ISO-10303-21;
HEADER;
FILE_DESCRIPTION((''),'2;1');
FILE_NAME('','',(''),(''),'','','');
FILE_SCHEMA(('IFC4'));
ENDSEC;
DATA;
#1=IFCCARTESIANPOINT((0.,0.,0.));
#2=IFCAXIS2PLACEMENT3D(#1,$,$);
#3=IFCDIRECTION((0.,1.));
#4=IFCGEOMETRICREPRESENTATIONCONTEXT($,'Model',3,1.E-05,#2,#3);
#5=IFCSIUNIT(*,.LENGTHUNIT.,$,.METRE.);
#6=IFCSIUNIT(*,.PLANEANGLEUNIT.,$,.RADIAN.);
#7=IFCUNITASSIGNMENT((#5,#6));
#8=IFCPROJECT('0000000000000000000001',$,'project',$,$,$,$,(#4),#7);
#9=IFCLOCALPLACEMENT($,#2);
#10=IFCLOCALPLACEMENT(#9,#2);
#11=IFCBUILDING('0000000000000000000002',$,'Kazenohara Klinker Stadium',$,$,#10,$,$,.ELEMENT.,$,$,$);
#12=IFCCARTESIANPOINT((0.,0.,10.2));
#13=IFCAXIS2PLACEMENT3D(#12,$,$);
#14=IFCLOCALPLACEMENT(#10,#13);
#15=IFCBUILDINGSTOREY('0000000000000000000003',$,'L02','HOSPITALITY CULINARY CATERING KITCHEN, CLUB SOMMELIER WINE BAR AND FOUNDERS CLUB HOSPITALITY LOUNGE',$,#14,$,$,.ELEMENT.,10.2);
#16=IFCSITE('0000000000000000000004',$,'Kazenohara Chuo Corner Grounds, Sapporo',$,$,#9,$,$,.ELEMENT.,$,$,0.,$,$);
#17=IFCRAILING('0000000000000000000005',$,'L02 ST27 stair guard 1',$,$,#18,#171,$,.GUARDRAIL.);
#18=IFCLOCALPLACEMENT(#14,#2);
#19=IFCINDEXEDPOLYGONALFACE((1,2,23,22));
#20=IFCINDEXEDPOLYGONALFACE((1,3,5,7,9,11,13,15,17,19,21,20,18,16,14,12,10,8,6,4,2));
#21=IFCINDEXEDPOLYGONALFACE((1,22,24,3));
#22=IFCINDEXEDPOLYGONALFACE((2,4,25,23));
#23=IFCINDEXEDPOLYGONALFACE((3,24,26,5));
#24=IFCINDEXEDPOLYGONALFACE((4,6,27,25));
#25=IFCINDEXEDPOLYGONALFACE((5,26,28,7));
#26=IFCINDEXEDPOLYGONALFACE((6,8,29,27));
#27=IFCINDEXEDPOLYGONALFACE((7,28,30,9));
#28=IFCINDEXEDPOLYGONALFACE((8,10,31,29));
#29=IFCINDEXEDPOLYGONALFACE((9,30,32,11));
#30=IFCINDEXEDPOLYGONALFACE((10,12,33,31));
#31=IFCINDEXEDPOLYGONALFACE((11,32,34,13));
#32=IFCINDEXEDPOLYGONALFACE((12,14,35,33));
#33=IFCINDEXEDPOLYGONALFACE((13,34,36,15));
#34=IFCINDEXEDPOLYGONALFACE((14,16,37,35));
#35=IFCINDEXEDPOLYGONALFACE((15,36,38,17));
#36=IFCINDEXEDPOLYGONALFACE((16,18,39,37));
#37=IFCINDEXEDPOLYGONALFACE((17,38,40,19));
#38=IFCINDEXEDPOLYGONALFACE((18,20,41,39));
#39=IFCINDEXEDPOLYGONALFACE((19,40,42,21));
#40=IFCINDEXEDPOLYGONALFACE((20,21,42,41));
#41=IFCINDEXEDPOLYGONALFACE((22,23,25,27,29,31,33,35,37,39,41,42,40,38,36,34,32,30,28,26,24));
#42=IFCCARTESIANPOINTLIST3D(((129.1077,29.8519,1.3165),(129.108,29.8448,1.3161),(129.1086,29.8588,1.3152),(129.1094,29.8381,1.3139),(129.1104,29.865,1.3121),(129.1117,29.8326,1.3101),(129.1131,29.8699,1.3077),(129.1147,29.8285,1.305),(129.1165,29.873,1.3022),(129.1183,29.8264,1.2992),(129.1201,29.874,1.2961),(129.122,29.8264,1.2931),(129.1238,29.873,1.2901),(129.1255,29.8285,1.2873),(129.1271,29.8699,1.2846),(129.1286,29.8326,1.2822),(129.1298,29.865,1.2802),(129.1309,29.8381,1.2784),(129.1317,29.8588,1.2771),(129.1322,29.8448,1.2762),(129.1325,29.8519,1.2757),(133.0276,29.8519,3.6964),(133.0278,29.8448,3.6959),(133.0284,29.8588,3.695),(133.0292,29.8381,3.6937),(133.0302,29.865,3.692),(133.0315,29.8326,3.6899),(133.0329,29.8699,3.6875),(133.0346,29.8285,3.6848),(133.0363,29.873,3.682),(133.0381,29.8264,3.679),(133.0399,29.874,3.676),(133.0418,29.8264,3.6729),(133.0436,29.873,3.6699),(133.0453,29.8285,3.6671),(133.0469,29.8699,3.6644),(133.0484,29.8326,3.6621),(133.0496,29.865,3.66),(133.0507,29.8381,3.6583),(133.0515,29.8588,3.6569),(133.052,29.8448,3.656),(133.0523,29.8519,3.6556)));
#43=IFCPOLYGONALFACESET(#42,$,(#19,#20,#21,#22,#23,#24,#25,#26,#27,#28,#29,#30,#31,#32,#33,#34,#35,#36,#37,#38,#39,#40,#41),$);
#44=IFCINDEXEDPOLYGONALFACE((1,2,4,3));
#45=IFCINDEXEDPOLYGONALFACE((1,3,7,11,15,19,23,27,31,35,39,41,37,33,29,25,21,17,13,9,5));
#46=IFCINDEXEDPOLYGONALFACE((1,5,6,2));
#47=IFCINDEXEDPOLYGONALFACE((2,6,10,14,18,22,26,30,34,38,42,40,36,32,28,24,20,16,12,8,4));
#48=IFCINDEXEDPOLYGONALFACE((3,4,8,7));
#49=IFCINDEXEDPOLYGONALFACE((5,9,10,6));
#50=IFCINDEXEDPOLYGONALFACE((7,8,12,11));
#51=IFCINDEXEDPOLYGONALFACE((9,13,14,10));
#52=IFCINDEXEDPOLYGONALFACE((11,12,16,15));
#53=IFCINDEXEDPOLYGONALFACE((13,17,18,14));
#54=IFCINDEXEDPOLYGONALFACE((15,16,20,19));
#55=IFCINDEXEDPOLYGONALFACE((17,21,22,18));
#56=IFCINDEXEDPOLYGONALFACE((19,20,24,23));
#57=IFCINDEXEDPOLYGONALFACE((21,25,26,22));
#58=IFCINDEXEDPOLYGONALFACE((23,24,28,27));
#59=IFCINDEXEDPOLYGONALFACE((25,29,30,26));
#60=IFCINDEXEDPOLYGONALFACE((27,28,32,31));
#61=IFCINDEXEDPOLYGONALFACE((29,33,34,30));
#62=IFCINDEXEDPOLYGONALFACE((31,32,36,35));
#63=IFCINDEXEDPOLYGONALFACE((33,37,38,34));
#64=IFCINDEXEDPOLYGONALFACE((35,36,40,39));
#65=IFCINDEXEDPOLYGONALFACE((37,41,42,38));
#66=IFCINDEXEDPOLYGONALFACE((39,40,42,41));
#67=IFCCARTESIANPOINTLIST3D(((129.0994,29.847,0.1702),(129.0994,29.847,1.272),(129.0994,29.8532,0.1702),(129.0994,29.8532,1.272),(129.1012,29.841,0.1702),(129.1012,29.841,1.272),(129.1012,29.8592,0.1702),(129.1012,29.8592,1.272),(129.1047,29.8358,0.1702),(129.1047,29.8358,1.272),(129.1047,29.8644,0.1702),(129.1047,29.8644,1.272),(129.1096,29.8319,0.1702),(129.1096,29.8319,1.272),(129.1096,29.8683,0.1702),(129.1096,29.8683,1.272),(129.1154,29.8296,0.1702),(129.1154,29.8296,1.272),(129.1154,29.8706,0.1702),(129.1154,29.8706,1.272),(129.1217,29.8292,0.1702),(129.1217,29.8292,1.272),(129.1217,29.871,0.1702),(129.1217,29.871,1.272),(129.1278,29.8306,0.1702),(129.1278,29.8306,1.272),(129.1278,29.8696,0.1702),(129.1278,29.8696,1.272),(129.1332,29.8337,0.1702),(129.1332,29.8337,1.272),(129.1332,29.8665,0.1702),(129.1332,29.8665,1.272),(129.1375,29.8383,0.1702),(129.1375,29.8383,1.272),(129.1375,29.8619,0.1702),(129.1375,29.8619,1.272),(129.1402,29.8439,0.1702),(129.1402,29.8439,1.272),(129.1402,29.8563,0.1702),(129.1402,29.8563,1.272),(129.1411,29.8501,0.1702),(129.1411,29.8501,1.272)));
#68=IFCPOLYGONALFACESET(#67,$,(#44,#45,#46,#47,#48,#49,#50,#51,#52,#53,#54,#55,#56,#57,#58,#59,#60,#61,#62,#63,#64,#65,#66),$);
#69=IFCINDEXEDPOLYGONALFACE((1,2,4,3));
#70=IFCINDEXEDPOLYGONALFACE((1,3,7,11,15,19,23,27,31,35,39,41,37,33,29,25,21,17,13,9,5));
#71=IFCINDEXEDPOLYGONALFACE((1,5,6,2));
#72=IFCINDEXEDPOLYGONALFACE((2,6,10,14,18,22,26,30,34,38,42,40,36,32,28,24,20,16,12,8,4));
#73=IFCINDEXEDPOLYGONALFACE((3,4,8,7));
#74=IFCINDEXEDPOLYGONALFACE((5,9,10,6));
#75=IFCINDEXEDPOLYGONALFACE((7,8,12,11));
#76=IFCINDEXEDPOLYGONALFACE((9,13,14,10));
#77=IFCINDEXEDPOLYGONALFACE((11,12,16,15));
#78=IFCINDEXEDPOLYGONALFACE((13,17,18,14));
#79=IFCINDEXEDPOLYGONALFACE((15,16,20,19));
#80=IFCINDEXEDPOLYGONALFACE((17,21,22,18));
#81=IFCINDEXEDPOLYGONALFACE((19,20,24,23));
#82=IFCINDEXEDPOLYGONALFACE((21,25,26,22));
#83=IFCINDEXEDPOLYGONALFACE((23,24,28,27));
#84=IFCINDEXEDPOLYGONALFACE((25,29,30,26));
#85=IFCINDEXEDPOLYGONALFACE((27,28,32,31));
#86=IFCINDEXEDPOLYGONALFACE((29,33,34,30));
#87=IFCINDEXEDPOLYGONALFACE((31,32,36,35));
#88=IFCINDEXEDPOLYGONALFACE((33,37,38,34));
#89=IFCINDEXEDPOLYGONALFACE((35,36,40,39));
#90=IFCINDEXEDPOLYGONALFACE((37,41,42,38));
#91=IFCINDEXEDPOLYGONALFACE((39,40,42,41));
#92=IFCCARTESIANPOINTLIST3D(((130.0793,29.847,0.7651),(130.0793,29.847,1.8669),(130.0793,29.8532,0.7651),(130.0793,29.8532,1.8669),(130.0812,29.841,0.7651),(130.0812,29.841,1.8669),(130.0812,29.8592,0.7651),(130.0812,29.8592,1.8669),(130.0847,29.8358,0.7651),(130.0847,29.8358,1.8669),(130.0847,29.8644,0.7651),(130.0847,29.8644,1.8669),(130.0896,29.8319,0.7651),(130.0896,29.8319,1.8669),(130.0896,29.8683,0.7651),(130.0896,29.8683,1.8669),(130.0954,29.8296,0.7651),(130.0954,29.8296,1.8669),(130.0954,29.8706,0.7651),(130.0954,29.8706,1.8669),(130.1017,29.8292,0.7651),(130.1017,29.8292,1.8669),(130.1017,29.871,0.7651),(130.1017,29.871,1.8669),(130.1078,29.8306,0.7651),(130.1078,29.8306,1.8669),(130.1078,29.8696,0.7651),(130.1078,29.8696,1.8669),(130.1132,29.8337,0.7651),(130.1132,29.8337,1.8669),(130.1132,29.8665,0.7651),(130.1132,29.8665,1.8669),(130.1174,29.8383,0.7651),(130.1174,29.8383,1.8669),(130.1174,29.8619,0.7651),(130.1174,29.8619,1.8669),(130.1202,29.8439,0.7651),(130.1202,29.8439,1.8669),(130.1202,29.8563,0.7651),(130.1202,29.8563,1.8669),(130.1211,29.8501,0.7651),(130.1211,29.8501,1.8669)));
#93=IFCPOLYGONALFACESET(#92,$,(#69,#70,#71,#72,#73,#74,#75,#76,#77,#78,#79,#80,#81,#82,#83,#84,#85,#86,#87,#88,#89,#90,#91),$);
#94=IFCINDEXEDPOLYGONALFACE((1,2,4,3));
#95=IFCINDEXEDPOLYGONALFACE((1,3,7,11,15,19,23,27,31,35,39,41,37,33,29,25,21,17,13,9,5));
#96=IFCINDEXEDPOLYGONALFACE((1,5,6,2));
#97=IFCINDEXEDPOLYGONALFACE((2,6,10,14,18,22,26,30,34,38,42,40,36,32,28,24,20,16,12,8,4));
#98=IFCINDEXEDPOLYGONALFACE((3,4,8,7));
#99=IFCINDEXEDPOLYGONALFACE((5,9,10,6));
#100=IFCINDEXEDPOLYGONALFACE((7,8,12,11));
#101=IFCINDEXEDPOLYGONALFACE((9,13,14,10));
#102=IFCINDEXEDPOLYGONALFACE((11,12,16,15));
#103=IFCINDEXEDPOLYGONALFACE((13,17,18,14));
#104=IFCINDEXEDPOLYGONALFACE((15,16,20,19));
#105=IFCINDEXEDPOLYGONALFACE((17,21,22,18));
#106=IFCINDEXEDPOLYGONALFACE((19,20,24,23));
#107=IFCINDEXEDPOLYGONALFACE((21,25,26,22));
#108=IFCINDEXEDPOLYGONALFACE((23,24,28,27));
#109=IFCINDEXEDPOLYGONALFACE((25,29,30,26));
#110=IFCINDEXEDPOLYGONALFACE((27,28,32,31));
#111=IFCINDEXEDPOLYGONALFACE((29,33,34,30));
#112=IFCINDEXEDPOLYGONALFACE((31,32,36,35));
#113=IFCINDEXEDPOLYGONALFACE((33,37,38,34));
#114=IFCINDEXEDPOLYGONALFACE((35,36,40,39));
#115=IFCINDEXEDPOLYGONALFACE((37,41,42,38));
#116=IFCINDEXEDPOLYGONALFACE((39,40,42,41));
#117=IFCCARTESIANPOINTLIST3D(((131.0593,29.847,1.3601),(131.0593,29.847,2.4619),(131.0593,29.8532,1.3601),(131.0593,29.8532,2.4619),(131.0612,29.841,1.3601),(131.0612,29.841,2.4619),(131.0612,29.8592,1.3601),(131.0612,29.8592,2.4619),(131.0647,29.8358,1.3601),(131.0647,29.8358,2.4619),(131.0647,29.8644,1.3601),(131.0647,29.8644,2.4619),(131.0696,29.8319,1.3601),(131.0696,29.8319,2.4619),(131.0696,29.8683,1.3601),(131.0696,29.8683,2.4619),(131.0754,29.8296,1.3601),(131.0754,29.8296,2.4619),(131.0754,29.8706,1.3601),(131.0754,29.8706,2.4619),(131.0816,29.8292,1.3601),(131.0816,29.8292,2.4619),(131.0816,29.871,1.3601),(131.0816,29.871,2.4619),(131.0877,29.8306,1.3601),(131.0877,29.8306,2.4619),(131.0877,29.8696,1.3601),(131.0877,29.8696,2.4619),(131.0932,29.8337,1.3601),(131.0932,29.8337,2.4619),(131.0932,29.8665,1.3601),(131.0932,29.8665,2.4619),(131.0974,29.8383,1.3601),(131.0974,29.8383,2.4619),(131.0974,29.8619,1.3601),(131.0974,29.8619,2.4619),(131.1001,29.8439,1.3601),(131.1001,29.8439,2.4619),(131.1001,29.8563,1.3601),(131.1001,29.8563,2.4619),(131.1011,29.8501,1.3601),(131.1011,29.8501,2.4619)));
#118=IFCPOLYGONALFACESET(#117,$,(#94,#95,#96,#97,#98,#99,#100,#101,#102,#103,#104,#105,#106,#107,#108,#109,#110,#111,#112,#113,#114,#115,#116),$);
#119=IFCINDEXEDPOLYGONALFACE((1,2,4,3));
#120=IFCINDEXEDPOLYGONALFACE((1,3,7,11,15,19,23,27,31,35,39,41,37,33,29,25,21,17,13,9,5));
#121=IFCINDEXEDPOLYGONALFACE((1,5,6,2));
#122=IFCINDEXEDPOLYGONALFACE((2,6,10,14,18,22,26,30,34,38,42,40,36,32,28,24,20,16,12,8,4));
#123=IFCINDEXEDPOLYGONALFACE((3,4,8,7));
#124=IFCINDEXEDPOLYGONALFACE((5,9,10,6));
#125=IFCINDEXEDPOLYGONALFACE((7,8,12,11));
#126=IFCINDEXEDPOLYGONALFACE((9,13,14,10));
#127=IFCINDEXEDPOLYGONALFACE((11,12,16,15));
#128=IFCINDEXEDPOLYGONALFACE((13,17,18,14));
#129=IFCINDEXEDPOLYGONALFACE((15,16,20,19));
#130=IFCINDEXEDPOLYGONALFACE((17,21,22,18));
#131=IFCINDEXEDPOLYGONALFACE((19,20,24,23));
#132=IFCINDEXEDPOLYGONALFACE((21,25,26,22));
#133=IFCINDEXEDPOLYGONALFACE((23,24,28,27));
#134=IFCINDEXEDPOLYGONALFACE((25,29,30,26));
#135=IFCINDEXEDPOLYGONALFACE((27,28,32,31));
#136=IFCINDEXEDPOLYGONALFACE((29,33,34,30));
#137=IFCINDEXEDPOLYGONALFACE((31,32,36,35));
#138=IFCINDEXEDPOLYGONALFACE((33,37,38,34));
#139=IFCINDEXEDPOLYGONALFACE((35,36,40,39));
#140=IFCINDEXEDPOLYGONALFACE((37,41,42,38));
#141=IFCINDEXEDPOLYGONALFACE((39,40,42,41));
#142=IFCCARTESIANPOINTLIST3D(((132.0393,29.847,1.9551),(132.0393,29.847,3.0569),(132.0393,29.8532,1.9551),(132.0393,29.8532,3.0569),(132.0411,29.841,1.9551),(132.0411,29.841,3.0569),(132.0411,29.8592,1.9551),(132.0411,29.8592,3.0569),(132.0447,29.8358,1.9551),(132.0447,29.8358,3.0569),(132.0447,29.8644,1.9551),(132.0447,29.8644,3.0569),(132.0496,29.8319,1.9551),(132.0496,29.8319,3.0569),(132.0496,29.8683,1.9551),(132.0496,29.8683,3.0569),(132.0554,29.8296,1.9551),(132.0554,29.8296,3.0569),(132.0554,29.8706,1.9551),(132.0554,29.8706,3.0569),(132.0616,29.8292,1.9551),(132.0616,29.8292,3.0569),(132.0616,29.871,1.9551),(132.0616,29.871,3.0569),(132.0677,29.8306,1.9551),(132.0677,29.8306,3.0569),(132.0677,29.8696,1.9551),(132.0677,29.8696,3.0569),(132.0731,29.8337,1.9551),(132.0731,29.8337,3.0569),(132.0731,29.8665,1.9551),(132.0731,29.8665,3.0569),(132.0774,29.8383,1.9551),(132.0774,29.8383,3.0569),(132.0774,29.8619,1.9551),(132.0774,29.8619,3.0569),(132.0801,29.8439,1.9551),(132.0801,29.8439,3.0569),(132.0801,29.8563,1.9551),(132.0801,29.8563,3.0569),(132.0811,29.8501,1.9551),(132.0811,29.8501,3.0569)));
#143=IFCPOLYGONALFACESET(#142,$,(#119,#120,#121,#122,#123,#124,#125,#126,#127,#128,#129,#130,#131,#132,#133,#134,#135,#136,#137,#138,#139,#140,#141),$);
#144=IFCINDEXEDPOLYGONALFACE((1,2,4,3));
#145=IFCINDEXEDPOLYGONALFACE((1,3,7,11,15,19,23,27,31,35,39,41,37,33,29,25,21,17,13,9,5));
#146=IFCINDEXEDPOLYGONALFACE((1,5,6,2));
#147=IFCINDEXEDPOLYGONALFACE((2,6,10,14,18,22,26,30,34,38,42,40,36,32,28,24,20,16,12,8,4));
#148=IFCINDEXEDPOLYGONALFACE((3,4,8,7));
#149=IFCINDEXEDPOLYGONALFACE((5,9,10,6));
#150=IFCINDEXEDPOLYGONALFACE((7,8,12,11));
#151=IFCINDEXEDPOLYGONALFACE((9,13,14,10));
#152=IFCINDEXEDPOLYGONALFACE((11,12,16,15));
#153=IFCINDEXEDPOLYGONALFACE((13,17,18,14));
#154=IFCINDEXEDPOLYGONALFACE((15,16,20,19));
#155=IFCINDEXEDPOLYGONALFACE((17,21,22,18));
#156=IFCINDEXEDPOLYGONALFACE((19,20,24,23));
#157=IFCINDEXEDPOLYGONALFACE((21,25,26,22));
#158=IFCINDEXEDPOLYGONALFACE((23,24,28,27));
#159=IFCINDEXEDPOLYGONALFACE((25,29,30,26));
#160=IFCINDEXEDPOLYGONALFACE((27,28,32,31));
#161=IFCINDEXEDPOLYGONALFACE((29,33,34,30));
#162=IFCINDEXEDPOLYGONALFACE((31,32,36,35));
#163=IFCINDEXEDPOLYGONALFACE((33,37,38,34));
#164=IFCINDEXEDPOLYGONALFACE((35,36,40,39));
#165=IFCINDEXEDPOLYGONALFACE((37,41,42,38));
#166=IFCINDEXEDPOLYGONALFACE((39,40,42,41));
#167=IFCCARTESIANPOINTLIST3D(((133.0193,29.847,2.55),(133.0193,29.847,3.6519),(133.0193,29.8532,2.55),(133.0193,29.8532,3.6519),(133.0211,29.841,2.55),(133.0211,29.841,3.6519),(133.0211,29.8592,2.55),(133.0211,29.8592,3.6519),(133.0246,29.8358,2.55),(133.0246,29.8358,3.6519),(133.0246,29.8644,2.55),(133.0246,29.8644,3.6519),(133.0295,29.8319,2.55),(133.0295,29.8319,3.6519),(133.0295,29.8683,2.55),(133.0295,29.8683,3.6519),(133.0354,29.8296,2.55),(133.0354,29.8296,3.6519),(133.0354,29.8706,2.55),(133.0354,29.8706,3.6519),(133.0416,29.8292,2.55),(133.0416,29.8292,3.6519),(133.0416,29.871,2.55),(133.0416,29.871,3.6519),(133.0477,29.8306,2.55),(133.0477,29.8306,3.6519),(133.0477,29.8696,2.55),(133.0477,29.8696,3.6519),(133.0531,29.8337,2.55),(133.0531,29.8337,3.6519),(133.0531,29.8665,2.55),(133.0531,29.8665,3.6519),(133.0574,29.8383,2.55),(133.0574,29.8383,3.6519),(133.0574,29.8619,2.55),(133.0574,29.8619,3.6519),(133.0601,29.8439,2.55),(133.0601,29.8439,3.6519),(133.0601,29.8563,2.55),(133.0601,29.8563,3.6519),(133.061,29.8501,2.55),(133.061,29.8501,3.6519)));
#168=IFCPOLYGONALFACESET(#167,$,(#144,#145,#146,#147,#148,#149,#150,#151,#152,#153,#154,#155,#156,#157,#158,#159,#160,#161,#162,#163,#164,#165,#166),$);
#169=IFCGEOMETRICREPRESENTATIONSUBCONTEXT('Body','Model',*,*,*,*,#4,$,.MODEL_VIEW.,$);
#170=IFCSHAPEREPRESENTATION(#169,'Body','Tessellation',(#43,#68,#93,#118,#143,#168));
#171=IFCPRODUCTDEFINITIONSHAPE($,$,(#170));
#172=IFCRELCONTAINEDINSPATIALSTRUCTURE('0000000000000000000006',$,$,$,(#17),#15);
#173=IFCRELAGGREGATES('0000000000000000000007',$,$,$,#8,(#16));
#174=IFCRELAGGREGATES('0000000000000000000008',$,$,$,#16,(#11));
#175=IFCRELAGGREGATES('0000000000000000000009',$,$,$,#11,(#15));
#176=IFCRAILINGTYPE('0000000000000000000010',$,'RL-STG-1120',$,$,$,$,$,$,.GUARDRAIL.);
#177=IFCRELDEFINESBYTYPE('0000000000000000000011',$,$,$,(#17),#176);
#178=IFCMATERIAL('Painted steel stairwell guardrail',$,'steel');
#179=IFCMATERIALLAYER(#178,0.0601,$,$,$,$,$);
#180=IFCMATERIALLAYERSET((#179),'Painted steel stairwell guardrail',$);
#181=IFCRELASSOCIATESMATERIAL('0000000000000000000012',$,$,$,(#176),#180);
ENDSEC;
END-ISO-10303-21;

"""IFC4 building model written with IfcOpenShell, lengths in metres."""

from ifc_helpers import new_model, si_unit, direction, frame, origin, origin_2d, place, context, subcontext, project, spatial, circle, extrude, material, layer, layer_set, type_object, element, save


model = new_model("IFC4")

# Units and contexts
model_context = context("Model", 3, precision=1e-05, world=origin(), true_north=direction((0.0, 1.0)))
body_context = subcontext(model_context, "Body", "Model", "MODEL_VIEW")
ifc_project = project(units=[si_unit("LENGTHUNIT", "METRE"), si_unit("PLANEANGLEUNIT", "RADIAN")], contexts=[model_context])

# Site, building, storey
site_placement = place(None, origin())
site = spatial("IfcSite", under=ifc_project, at=site_placement, Name="Kazenohara Chuo Corner Grounds, Sapporo", CompositionType="ELEMENT", RefElevation=0.0)
building_placement = place(site_placement, origin())
building = spatial("IfcBuilding", under=site, at=building_placement, Name="Kazenohara Klinker Stadium", CompositionType="ELEMENT")
storey_placement = place(building_placement, frame((0.0, 0.0, 10.2)))
storey = spatial("IfcBuildingStorey", under=building, at=storey_placement, Name="L02", Description="HOSPITALITY CULINARY CATERING KITCHEN, CLUB SOMMELIER WINE BAR AND FOUNDERS CLUB HOSPITALITY LOUNGE", CompositionType="ELEMENT", Elevation=10.2)

# Railing
ifc_material_1 = material(Name="Painted steel stairwell guardrail", Category="steel")
ifc_layer_1 = layer(ifc_material_1, 0.0601)
ifc_layer_set_1 = layer_set([ifc_layer_1], Name="Painted steel stairwell guardrail")
railing_type_1 = type_object("IfcRailingType", Name="RL-STG-1120", PredefinedType="GUARDRAIL", material=ifc_layer_set_1)
railing_1_placement = place(storey_placement, frame((129.1201, 29.8501, 0.1702)))
element("IfcRailing", 1, at=railing_1_placement, inside=storey, type_object=railing_type_1, Name="L02 ST27 stair guard 1", PredefinedType="GUARDRAIL", context=body_context, shape_type="SweptSolid", body=[
    extrude(circle(Radius=0.0239, at=origin_2d()), frame((0.0, 0.0, 1.126), z_axis=(0.854794, 0.0, 0.518967), x_axis=(0.0, 1.0, 0.0)), (0.0, 0.0, 1.0), 4.5857),
    extrude(circle(Radius=0.021, at=origin_2d()), origin(), (0.0, 0.0, 1.0), 1.1018),
    extrude(circle(Radius=0.021, at=origin_2d()), frame((0.98, 0.0, 0.595)), (0.0, 0.0, 1.0), 1.1018),
    extrude(circle(Radius=0.021, at=origin_2d()), frame((1.96, 0.0, 1.1899)), (0.0, 0.0, 1.0), 1.1018),
    extrude(circle(Radius=0.021, at=origin_2d()), frame((2.9399, 0.0, 1.7849)), (0.0, 0.0, 1.0), 1.1018),
    extrude(circle(Radius=0.021, at=origin_2d()), frame((3.9199, 0.0, 2.3799)), (0.0, 0.0, 1.0), 1.1018),
])

save(model, "model.ifc")
